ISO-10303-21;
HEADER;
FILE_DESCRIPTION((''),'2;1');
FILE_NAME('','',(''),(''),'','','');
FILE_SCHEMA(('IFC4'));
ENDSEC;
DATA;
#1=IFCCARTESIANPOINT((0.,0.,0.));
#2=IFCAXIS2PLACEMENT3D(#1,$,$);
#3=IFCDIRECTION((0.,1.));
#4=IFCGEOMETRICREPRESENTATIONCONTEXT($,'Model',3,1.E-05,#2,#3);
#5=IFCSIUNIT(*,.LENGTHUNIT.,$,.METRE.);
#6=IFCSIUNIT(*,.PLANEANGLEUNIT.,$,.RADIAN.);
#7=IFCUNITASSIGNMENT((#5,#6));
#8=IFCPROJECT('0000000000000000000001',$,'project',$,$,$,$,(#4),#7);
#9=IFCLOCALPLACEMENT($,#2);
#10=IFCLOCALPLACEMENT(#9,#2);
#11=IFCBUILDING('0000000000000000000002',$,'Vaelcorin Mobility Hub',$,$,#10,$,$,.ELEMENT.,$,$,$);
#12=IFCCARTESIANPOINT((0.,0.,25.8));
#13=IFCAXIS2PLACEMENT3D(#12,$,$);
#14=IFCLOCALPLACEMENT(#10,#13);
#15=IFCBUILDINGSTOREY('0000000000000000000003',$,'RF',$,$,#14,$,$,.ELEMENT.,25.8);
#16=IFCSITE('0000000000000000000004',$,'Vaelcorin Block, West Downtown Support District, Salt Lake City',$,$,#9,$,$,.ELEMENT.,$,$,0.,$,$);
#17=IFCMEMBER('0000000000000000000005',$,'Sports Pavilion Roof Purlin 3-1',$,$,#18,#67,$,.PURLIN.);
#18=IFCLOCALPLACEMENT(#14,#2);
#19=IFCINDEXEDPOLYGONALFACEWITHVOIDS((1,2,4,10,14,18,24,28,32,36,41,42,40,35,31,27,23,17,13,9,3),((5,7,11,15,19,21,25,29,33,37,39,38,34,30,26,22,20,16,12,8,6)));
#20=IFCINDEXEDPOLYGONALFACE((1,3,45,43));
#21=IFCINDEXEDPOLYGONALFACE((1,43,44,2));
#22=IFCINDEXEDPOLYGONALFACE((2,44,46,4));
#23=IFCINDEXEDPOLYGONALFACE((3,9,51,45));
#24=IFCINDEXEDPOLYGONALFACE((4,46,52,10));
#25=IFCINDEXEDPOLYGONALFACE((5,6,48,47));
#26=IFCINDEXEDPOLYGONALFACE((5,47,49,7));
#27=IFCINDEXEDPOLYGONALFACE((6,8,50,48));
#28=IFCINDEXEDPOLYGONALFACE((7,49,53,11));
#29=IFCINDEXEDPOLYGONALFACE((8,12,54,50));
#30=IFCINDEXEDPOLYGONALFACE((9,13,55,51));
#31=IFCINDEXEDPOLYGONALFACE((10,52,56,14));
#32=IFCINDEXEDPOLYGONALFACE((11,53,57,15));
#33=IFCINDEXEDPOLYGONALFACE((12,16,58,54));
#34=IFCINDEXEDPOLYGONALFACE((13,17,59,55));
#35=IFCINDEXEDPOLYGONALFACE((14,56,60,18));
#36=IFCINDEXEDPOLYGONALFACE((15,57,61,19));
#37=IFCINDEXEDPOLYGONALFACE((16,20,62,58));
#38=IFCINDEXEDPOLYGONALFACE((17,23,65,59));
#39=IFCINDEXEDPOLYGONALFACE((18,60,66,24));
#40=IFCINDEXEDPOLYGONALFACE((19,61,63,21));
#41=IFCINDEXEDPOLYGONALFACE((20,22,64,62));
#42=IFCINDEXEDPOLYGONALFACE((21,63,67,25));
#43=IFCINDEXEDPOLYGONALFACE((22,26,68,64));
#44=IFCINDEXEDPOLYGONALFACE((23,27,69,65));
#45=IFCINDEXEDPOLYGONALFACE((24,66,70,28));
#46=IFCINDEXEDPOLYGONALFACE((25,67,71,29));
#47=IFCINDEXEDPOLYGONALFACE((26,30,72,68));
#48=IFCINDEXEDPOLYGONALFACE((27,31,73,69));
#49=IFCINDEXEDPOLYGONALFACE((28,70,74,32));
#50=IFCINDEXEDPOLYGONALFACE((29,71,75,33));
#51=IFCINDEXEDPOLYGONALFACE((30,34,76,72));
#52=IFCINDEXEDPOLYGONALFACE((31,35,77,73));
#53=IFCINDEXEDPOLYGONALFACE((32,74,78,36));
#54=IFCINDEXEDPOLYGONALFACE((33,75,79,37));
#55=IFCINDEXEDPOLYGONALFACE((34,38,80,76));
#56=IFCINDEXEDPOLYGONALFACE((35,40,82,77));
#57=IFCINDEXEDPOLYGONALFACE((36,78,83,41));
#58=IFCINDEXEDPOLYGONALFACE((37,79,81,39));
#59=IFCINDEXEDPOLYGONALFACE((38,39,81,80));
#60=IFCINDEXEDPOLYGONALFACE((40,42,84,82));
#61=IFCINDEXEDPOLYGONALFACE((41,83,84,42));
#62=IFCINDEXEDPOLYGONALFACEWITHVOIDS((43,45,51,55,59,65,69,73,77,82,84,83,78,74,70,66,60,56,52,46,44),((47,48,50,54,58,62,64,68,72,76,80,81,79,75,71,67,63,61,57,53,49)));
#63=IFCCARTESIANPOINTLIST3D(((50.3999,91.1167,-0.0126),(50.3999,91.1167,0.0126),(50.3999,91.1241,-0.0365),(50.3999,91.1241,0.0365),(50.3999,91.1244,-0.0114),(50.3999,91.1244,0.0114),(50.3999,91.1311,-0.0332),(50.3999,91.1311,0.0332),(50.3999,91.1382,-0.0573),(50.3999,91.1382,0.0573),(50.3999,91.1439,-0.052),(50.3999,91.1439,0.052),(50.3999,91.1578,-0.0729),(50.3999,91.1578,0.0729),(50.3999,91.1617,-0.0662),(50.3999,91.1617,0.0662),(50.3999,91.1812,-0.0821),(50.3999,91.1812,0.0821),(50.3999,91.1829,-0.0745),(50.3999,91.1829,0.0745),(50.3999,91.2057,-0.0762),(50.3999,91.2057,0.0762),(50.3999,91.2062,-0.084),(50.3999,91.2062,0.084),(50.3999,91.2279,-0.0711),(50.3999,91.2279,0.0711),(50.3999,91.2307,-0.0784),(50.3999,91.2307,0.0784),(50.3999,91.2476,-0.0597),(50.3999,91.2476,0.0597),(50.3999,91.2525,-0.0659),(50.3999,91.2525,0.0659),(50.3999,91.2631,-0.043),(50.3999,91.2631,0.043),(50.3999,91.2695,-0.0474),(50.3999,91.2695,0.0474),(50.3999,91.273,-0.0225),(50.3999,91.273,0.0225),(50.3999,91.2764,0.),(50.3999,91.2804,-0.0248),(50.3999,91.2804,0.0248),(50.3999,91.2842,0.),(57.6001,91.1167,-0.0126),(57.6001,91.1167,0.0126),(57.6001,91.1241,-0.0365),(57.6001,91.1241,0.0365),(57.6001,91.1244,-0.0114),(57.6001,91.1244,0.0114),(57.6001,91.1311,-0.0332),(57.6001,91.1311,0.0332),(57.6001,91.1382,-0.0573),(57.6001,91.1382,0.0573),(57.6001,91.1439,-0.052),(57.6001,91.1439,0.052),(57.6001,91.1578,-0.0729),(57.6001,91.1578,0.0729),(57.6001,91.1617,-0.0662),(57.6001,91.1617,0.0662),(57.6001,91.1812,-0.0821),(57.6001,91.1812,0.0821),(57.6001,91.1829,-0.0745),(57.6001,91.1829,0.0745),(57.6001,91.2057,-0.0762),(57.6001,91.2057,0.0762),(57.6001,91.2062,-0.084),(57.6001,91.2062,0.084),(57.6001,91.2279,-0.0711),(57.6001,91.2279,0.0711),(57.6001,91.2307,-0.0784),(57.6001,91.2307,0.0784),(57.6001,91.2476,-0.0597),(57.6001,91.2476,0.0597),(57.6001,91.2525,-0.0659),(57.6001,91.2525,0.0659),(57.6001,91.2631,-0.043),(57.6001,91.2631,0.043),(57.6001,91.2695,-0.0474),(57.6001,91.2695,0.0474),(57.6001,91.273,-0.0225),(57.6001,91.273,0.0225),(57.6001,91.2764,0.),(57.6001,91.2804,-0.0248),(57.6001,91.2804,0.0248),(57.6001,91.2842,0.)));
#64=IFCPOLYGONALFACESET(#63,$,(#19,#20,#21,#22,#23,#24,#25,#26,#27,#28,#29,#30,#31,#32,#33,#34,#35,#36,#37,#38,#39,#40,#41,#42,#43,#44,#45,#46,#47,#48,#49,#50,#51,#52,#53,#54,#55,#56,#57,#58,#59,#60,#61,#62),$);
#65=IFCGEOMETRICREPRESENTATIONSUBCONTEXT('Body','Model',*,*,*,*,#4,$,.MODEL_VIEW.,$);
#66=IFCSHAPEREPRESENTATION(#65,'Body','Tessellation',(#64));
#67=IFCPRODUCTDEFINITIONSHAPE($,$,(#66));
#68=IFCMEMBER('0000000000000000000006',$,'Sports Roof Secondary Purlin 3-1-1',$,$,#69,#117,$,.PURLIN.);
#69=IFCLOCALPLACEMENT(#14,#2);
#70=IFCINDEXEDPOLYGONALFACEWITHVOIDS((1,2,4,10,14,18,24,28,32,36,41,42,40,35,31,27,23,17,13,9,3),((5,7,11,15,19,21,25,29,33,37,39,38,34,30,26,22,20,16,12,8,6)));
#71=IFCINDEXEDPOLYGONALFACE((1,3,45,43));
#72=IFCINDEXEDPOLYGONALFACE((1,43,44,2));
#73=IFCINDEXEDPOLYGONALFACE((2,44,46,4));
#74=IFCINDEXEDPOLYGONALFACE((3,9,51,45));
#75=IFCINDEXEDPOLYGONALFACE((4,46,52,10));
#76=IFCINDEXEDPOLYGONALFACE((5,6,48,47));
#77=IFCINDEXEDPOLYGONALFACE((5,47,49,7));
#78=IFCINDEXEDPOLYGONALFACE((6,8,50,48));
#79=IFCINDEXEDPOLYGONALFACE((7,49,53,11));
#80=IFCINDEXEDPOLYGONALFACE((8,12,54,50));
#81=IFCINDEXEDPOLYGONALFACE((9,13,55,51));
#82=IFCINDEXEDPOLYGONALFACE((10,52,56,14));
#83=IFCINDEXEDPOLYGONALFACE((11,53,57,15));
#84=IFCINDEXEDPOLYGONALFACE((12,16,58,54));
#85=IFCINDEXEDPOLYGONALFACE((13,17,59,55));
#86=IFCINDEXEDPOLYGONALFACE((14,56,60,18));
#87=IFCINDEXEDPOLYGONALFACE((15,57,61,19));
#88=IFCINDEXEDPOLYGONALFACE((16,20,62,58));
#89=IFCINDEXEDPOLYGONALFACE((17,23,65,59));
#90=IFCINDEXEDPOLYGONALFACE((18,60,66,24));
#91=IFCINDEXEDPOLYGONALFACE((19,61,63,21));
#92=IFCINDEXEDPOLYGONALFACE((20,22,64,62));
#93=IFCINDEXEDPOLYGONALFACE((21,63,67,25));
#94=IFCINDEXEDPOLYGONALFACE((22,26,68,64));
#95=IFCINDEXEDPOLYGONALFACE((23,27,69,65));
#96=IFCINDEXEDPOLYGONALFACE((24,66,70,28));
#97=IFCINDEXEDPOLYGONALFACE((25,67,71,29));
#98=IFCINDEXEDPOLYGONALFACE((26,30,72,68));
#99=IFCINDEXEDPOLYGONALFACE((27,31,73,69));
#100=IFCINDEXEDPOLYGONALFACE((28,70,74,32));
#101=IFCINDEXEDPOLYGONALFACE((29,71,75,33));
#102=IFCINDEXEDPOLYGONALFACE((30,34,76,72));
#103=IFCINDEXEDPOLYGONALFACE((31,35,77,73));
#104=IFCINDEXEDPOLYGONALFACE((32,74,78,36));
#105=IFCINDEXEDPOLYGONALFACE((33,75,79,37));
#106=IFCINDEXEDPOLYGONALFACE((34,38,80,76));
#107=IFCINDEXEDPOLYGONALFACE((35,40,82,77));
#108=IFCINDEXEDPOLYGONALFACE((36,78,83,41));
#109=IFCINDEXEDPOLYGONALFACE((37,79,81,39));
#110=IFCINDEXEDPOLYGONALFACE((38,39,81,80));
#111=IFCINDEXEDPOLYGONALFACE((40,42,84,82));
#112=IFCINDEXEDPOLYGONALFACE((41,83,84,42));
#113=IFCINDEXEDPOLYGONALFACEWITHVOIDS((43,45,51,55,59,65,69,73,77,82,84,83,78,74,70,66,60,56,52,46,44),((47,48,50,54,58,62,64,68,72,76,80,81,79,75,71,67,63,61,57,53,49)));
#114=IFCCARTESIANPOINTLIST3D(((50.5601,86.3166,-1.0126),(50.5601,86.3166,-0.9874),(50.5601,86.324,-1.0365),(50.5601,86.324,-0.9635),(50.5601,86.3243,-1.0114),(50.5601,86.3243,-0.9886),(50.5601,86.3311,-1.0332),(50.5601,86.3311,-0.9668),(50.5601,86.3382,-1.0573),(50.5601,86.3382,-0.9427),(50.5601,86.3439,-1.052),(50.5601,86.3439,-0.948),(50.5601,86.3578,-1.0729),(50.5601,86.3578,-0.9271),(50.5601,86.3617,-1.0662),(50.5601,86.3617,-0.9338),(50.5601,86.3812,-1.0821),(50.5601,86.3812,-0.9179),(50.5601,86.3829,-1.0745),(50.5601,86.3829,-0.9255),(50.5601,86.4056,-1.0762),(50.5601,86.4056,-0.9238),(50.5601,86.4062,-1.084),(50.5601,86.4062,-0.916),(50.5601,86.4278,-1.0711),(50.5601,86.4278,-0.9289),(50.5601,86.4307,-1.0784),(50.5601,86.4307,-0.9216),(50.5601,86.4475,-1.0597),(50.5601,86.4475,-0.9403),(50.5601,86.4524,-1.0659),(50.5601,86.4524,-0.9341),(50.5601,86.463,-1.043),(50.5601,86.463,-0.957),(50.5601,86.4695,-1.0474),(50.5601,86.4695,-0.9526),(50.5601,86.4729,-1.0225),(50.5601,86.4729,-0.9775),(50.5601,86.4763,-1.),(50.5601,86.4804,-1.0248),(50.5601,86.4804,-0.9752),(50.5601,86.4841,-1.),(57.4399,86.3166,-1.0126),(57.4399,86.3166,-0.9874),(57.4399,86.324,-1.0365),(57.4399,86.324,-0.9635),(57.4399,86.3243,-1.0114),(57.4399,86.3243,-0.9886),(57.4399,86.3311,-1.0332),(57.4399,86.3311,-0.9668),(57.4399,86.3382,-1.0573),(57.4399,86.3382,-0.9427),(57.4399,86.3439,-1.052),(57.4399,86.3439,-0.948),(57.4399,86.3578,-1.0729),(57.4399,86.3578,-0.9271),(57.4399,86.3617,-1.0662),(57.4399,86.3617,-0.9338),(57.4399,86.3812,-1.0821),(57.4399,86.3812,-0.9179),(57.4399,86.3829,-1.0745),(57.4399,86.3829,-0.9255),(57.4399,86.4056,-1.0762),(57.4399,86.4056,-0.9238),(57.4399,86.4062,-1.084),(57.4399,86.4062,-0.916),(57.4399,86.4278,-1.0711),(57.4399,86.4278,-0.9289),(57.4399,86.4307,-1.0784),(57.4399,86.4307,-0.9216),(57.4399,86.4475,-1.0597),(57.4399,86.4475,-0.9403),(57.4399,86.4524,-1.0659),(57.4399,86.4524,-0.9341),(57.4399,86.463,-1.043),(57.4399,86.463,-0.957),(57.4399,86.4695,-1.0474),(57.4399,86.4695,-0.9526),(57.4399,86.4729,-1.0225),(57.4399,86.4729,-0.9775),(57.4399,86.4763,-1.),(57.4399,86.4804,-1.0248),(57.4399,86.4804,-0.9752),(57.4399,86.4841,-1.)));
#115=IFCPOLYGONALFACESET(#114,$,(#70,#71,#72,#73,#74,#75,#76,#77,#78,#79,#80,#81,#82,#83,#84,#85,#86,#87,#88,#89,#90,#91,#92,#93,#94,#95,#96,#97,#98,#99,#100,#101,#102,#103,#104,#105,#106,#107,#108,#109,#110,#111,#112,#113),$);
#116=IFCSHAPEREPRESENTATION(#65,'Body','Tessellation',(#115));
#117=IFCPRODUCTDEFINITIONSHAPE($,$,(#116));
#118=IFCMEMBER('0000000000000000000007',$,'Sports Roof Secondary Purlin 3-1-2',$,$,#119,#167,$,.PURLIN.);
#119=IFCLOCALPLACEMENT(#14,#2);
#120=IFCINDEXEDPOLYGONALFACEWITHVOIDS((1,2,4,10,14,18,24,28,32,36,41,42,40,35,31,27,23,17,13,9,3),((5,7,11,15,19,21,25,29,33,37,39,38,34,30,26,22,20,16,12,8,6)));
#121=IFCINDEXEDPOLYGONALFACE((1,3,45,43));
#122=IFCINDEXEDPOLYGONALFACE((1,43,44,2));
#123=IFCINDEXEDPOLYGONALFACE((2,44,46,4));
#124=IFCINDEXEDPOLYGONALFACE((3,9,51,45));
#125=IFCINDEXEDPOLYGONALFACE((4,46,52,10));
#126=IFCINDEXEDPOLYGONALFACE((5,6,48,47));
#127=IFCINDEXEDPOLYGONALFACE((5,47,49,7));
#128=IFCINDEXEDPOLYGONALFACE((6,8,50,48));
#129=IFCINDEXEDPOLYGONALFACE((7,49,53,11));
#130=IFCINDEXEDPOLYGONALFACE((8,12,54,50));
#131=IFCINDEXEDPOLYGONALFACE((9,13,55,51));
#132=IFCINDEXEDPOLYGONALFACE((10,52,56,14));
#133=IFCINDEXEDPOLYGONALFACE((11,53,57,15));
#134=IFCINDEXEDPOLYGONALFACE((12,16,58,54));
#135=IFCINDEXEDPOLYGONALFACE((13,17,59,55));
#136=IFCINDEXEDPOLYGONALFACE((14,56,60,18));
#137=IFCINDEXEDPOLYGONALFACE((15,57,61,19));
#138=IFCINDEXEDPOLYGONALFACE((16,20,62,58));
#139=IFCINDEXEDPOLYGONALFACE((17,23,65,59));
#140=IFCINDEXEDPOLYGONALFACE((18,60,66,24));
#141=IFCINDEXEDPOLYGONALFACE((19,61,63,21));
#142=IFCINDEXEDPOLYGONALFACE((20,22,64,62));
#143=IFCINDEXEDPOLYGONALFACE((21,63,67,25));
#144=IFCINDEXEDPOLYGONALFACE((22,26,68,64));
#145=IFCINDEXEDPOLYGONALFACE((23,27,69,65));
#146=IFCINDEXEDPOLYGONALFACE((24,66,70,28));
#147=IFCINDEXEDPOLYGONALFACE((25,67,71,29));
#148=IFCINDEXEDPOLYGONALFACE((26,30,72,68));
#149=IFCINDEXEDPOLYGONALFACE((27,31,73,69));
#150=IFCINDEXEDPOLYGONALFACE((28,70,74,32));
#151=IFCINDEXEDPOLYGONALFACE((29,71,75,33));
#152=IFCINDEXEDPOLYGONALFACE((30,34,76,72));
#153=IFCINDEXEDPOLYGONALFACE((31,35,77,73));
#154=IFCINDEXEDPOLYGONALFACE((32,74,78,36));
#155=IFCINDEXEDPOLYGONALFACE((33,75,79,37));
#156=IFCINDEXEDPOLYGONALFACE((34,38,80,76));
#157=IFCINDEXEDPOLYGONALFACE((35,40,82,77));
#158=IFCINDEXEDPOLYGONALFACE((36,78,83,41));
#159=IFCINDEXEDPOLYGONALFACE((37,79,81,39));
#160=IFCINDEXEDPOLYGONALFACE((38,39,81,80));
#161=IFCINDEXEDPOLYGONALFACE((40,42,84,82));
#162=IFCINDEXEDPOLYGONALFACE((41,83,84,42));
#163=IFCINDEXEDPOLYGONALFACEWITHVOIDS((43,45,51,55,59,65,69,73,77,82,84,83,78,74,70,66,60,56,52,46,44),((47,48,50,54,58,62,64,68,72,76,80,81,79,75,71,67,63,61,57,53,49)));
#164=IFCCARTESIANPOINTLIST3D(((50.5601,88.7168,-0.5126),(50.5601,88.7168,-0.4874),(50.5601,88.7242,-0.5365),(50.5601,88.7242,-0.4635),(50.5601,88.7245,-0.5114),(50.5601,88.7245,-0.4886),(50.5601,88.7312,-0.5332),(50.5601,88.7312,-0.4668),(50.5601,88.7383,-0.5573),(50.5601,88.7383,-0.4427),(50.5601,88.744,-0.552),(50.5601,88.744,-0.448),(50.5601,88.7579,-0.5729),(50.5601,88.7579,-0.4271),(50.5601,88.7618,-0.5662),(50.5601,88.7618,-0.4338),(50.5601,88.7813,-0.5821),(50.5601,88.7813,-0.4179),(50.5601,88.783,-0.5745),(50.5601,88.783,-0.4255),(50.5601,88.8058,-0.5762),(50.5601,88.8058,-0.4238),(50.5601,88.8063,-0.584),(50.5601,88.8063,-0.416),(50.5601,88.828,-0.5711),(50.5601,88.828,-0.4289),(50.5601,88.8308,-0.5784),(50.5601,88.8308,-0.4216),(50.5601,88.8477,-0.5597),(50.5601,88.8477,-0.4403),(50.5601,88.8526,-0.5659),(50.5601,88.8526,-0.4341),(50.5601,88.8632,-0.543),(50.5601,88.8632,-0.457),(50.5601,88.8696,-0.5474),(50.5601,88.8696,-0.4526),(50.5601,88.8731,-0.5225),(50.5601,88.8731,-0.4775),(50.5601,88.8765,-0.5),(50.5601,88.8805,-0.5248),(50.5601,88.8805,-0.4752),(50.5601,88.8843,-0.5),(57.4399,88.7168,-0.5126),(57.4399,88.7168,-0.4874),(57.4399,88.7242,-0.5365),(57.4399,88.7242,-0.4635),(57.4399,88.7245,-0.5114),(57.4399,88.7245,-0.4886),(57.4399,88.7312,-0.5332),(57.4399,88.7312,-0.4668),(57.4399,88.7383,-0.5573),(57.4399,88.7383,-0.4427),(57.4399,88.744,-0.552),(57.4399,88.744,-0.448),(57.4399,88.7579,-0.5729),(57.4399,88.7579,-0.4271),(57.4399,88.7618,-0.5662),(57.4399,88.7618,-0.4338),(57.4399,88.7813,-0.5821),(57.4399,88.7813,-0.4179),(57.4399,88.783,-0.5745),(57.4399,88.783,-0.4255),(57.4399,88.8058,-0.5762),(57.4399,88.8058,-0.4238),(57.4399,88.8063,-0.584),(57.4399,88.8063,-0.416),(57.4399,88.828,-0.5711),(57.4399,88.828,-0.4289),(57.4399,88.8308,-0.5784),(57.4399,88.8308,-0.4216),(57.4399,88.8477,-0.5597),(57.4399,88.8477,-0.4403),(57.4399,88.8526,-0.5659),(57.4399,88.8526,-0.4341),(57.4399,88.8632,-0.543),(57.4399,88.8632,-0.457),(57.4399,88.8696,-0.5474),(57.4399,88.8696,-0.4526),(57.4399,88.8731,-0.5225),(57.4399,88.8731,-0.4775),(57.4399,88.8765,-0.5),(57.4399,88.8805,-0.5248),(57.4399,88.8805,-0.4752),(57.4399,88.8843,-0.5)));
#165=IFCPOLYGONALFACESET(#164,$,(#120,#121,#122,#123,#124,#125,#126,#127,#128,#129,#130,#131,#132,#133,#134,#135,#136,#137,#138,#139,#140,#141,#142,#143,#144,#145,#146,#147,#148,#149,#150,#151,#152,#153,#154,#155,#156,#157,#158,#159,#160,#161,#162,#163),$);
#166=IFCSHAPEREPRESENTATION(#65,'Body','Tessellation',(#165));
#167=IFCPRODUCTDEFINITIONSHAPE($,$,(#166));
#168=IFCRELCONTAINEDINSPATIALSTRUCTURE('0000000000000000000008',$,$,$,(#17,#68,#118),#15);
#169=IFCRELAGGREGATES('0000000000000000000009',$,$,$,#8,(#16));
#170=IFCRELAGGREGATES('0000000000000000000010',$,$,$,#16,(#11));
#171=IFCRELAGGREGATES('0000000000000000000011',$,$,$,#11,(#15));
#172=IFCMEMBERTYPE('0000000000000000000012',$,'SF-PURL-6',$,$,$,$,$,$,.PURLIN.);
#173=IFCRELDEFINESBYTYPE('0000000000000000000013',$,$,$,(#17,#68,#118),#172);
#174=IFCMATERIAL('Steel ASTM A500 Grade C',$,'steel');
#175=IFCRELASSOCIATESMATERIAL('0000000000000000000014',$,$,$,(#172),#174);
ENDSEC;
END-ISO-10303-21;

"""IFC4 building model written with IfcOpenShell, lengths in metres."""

from ifc_helpers import new_model, si_unit, direction, frame, origin, origin_2d, place, context, subcontext, project, spatial, hollow_circle, extrude, material, material_profile, profile_set, type_object, element, save


model = new_model("IFC4")

# Units and contexts
model_context = context("Model", 3, precision=1e-05, world=origin(), true_north=direction((0.0, 1.0)))
body_context = subcontext(model_context, "Body", "Model", "MODEL_VIEW")
ifc_project = project(units=[si_unit("LENGTHUNIT", "METRE"), si_unit("PLANEANGLEUNIT", "RADIAN")], contexts=[model_context])

# Site, building, storey
site_placement = place(None, origin())
site = spatial("IfcSite", under=ifc_project, at=site_placement, Name="Vaelcorin Block, West Downtown Support District, Salt Lake City", CompositionType="ELEMENT", RefElevation=0.0)
building_placement = place(site_placement, origin())
building = spatial("IfcBuilding", under=site, at=building_placement, Name="Vaelcorin Mobility Hub", CompositionType="ELEMENT")
storey_placement = place(building_placement, frame((0.0, 0.0, 25.8)))
storey = spatial("IfcBuildingStorey", under=building, at=storey_placement, Name="RF", CompositionType="ELEMENT", Elevation=25.8)

# Members
ifc_material_1 = material(Name="Steel ASTM A500 Grade C", Category="steel")
ifc_material_profile_1 = material_profile(ifc_material_1, hollow_circle(Radius=0.0842, WallThickness=0.0078, at=origin_2d()), Name="HSS6.625X0.312")
ifc_profile_set_1 = profile_set([ifc_material_profile_1], Name="Steel ASTM A500 Grade C")
member_type_1 = type_object("IfcMemberType", Name="SF-PURL-6", PredefinedType="PURLIN", material=ifc_profile_set_1)
member_1_placement = place(storey_placement, frame((50.3999, 91.2, 0.0), z_axis=(1.0, 0.0, 0.0), x_axis=(0.0, 1.0, 0.0)))
element("IfcMember", 1, at=member_1_placement, inside=storey, type_object=member_type_1, Name="Sports Pavilion Roof Purlin 3-1", PredefinedType="PURLIN", context=body_context, shape_type="SweptSolid", body=[
    extrude(hollow_circle(Radius=0.0842, WallThickness=0.0078, at=origin_2d()), origin(), (0.0, 0.0, 1.0), 7.2002),
])
for number, where, z_axis, x_axis, name in (
    (2, (50.5601, 86.3999, -1.0), (1.0, 0.0, 0.0), (0.0, 1.0, 0.0), "Sports Roof Secondary Purlin 3-1-1"),
    (3, (50.5601, 88.8, -0.5), (1.0, 0.0, 0.0), (0.0, 1.0, 0.0), "Sports Roof Secondary Purlin 3-1-2"),
):
    element("IfcMember", number, at=place(storey_placement, frame(where, z_axis=z_axis, x_axis=x_axis)), inside=storey, type_object=member_type_1, Name=name, PredefinedType="PURLIN", context=body_context, shape_type="SweptSolid", body=[
        extrude(hollow_circle(Radius=0.0842, WallThickness=0.0078, at=origin_2d()), origin(), (0.0, 0.0, 1.0), 6.8799),
    ])

save(model, "model.ifc")
